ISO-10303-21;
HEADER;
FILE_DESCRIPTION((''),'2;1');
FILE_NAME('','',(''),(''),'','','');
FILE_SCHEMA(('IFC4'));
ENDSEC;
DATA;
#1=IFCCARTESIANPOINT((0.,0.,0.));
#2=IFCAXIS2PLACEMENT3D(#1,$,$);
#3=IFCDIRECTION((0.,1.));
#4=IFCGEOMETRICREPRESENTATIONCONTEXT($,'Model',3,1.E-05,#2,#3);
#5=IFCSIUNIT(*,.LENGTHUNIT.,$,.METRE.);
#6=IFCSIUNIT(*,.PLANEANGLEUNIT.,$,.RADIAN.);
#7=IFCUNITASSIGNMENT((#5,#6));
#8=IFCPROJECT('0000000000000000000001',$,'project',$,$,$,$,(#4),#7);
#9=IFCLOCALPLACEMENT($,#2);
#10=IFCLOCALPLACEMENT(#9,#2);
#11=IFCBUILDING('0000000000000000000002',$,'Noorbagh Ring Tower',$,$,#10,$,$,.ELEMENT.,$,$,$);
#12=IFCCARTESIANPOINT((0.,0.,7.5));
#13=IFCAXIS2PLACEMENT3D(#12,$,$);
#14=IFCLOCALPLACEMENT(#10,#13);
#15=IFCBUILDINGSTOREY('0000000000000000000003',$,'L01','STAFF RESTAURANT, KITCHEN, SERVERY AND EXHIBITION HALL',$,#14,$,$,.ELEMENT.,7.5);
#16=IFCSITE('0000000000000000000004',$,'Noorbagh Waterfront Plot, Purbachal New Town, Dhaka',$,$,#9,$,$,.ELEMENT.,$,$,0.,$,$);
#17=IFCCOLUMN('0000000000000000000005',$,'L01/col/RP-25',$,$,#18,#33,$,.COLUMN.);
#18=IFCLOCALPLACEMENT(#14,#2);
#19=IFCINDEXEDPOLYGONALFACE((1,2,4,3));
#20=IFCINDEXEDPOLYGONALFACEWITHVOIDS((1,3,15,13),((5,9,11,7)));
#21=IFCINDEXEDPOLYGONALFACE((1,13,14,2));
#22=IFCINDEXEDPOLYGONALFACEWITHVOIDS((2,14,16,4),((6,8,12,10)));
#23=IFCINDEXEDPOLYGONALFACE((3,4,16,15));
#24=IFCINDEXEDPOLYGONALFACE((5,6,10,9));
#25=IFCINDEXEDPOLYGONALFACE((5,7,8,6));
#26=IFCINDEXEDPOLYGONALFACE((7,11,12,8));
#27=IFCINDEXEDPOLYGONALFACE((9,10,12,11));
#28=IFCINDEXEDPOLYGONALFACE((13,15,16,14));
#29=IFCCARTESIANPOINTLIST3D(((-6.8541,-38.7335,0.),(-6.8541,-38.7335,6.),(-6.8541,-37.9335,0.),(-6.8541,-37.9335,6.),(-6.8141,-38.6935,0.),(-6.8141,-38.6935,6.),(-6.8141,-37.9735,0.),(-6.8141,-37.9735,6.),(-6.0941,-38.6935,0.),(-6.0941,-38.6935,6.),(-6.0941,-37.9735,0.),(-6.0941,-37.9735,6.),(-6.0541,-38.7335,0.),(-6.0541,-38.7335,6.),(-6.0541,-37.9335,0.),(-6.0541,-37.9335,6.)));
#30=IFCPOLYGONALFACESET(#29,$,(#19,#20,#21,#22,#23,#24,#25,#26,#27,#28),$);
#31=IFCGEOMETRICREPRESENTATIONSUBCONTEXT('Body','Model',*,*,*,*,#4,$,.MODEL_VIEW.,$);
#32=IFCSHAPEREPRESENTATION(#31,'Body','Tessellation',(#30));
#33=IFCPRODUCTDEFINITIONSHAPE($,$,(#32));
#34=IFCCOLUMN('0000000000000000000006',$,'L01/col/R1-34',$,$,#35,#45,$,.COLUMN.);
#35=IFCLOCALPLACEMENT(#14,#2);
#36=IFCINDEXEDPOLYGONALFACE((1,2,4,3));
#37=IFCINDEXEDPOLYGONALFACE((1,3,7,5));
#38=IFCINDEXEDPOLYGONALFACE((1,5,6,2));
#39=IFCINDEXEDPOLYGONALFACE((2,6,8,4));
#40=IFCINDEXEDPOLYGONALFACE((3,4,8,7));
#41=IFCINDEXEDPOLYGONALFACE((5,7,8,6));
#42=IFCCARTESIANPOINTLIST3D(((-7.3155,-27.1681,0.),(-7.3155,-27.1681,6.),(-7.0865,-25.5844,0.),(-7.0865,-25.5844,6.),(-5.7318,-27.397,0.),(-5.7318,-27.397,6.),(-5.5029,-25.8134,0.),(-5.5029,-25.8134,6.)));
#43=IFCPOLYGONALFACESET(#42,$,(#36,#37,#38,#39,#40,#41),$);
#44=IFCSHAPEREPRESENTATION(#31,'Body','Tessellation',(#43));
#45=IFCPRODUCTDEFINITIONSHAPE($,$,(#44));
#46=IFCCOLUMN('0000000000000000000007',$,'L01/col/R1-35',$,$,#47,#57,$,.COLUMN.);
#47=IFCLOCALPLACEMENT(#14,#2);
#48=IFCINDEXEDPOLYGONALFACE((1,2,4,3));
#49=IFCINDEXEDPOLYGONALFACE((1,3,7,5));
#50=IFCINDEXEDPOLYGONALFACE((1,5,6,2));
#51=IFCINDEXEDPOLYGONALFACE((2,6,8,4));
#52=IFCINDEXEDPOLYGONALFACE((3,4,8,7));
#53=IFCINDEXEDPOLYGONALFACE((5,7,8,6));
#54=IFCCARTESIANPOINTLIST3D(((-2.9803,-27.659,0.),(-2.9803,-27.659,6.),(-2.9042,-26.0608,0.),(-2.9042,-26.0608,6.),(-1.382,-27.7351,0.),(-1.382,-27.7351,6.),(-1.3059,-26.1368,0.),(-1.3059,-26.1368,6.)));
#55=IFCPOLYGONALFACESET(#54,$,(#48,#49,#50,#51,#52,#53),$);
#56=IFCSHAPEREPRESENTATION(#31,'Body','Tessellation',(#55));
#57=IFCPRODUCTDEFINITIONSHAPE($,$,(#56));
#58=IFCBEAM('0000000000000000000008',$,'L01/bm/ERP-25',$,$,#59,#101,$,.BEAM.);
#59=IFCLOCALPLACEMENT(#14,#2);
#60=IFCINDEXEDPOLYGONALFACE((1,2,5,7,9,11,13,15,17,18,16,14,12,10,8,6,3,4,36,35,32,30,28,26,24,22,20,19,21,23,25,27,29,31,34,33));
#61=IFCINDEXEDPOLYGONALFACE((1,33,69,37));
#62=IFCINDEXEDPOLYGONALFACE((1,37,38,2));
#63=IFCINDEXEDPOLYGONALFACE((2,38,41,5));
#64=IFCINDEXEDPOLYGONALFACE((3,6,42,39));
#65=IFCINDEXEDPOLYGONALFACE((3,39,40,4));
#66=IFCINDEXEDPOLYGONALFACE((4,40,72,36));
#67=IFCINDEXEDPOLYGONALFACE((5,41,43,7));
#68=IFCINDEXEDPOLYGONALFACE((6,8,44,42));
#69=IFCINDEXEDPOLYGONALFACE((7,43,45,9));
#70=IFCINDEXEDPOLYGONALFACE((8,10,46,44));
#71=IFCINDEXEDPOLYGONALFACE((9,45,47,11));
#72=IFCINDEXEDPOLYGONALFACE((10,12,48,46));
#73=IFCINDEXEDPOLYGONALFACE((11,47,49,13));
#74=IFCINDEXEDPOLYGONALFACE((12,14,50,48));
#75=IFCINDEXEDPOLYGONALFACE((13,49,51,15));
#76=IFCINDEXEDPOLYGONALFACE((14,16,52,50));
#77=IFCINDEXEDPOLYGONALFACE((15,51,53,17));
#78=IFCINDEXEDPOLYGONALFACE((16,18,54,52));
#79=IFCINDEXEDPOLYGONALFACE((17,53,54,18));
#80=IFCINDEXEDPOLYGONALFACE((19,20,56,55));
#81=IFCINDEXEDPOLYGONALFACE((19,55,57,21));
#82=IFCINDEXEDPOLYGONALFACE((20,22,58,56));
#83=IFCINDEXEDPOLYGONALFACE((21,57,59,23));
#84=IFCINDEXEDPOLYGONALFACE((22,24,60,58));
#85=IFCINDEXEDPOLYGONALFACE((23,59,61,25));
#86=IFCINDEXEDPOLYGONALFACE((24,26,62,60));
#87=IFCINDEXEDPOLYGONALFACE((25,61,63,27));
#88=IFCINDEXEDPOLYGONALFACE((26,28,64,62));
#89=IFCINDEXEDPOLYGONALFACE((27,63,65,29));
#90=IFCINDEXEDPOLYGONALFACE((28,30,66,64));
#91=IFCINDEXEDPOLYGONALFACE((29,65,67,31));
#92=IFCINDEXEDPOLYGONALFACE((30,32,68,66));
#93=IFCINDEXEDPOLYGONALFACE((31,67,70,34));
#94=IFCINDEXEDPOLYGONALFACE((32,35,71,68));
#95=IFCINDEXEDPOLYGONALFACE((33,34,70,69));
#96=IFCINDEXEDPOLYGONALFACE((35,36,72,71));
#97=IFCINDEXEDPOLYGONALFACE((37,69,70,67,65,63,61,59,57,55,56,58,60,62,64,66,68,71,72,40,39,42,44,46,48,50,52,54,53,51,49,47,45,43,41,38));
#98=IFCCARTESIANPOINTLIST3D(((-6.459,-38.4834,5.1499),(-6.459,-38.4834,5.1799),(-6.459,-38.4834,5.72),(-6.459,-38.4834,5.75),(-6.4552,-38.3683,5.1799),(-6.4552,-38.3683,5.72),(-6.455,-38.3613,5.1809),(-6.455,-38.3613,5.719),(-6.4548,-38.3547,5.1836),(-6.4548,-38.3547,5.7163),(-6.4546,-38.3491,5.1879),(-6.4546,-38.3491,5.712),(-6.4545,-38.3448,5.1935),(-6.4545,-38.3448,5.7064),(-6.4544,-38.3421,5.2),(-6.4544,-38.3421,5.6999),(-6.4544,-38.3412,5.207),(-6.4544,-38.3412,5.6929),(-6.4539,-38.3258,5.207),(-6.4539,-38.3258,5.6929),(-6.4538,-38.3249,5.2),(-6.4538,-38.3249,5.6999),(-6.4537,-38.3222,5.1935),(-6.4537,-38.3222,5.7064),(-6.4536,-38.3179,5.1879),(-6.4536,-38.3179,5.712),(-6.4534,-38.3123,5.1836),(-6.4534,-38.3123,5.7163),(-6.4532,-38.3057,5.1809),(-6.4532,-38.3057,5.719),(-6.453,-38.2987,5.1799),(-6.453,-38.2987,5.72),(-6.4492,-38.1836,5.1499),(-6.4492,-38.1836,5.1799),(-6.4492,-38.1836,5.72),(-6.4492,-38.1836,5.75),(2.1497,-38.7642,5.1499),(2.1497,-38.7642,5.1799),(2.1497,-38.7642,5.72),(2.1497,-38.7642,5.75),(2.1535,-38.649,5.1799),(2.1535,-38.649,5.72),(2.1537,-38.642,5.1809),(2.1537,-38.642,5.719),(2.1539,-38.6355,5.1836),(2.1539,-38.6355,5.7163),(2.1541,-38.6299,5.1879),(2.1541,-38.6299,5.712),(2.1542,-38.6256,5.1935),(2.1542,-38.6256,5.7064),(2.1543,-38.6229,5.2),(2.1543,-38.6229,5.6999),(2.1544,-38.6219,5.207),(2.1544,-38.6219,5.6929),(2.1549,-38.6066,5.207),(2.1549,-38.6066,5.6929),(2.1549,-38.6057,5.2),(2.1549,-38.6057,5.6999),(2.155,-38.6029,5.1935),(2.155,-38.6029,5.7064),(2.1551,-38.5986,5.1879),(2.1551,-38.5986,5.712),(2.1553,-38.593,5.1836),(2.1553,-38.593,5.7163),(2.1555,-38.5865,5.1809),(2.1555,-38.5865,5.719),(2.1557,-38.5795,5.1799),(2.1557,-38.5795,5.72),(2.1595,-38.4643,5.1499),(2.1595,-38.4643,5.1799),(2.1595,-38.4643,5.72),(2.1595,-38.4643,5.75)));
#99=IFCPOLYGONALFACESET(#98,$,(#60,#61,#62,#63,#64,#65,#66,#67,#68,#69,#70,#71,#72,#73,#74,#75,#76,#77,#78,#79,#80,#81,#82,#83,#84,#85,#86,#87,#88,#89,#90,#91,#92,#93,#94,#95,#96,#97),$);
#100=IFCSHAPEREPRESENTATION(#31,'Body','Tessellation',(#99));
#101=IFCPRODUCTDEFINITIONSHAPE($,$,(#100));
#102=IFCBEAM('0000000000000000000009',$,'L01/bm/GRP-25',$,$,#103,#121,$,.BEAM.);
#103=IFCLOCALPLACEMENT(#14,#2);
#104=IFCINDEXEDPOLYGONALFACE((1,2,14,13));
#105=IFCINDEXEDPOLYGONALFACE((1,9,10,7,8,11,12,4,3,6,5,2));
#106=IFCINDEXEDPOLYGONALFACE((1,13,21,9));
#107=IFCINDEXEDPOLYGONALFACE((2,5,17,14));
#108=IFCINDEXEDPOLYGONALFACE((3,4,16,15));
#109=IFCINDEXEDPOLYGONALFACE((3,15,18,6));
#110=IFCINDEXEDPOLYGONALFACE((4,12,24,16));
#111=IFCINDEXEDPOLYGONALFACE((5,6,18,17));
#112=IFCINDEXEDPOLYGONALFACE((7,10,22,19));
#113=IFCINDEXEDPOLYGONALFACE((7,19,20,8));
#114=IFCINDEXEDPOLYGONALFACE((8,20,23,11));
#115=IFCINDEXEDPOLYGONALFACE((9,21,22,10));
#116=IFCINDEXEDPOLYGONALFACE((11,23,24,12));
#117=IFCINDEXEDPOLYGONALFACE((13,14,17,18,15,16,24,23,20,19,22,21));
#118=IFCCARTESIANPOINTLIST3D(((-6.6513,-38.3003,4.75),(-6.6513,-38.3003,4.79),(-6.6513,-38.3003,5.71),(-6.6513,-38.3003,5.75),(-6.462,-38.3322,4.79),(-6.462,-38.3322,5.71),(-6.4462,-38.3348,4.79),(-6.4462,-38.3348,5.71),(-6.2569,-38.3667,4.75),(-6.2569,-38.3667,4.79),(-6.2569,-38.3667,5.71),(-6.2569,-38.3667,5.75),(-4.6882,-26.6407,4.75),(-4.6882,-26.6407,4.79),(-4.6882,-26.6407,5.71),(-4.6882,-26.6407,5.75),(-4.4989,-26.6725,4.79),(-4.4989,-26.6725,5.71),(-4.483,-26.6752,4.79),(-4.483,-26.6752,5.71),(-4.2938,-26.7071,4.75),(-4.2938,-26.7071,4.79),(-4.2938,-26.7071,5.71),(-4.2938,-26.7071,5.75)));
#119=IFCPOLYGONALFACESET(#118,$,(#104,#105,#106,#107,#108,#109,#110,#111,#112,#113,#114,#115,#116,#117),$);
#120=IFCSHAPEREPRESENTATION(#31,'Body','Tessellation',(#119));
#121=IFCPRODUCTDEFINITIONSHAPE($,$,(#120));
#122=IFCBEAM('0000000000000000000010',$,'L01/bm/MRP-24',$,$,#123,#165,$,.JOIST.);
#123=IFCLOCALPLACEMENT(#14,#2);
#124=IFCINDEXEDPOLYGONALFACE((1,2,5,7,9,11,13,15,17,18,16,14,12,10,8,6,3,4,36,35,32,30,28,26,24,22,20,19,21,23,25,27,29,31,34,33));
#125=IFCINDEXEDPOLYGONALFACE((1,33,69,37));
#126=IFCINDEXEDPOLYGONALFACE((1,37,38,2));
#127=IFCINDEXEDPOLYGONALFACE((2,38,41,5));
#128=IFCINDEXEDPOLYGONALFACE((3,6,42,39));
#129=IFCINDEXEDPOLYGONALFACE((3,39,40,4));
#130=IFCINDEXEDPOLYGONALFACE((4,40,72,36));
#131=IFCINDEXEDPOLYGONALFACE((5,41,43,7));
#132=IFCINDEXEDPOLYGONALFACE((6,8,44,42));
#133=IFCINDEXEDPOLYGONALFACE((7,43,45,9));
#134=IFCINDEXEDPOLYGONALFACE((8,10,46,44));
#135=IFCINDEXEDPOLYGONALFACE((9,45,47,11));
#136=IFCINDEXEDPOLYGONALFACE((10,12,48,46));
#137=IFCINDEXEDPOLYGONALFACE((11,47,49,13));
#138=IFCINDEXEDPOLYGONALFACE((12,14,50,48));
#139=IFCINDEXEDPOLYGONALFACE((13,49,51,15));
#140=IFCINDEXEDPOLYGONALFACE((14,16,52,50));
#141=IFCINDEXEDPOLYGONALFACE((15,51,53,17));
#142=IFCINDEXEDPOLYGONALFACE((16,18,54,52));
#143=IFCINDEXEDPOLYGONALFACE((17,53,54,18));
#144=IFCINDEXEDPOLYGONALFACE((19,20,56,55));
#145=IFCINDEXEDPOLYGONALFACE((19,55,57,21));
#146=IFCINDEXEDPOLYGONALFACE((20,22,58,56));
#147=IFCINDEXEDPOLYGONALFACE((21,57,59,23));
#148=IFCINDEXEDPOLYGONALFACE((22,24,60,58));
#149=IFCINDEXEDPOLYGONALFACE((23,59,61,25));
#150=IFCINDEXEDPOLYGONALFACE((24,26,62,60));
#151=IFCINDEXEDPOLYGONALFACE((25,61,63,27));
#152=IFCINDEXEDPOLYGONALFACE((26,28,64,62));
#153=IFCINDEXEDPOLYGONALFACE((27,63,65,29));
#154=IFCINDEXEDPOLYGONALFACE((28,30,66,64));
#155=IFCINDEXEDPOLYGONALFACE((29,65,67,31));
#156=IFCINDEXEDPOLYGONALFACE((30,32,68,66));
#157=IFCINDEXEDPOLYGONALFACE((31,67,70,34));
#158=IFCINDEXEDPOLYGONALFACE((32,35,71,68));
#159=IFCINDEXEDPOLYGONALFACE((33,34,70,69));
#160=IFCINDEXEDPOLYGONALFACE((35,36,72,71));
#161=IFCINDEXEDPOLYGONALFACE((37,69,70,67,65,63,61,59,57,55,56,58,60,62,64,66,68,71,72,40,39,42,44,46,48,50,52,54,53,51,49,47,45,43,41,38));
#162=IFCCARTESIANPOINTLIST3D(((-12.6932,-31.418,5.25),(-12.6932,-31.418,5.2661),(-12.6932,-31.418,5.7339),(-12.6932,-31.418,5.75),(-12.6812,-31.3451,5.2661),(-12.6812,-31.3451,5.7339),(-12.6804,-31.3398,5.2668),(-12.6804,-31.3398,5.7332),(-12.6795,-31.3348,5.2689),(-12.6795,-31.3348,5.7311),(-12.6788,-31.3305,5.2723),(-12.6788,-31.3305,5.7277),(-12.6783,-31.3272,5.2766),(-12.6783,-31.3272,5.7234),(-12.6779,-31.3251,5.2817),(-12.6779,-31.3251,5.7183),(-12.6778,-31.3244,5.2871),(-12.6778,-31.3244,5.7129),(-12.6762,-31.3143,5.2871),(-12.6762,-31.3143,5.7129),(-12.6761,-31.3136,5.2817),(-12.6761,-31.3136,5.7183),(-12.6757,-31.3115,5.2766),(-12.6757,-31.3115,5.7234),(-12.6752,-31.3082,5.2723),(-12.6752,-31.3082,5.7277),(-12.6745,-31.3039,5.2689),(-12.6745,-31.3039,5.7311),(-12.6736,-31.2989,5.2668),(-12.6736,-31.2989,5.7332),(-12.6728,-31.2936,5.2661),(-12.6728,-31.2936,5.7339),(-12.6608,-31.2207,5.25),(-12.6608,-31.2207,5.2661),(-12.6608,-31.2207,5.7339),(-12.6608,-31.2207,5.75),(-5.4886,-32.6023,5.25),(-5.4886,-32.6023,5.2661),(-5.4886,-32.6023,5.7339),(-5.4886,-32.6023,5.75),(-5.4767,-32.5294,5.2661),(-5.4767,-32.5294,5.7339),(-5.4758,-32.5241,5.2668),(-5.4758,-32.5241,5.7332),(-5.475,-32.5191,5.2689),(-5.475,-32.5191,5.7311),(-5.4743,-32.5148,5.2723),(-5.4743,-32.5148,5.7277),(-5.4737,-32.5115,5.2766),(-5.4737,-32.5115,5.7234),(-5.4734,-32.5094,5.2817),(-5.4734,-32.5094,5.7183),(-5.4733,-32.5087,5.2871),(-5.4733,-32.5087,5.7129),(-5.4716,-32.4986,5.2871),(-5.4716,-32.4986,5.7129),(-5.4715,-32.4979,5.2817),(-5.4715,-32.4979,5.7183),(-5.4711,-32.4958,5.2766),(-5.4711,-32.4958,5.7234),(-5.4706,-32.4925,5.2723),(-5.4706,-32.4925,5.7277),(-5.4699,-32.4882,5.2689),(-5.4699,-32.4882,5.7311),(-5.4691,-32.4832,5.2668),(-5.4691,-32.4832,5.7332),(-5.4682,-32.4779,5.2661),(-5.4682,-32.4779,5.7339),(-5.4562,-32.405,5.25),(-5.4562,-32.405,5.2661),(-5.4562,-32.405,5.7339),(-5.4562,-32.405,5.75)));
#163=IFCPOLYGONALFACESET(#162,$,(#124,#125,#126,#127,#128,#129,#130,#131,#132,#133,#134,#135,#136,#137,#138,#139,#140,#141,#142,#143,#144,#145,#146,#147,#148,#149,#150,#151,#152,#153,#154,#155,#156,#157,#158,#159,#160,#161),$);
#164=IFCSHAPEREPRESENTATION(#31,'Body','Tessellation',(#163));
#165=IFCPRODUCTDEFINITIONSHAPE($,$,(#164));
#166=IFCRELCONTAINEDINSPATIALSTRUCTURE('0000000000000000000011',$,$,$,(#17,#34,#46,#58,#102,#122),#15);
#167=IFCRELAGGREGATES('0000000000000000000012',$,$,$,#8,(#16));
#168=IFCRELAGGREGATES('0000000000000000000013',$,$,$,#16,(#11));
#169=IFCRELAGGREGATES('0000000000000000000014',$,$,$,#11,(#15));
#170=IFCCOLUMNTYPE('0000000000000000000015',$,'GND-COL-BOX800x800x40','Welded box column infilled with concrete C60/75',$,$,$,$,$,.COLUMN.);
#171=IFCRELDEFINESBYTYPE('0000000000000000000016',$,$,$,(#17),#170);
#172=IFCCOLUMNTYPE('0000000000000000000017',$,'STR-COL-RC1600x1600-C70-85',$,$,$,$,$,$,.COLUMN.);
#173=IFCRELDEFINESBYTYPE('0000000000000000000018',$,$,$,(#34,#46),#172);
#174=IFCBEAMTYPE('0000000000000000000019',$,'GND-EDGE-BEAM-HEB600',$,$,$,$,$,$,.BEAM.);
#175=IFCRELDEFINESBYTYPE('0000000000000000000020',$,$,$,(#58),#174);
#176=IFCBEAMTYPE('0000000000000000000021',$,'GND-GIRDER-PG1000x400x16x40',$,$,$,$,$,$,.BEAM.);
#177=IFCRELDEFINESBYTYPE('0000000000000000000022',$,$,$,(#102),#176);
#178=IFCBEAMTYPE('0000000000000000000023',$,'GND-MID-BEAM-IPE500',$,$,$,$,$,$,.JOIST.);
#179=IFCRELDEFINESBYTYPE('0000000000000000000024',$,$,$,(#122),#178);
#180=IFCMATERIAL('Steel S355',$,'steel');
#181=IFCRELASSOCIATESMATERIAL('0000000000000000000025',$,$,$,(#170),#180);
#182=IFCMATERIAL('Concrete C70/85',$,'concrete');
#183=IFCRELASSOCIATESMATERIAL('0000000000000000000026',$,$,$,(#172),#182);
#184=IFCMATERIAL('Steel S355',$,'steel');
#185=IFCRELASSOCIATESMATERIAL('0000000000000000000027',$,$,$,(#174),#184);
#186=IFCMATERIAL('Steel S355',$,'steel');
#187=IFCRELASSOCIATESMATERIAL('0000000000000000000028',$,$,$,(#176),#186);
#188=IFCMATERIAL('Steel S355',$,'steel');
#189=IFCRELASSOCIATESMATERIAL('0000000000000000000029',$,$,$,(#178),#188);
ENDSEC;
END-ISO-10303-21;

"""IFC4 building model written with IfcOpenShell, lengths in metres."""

from ifc_helpers import new_model, si_unit, direction, frame, origin, origin_2d, place, context, subcontext, project, spatial, rectangle, hollow_rectangle, i_section, extrude, material, material_profile, profile_set, type_object, element, save


model = new_model("IFC4")

# Units and contexts
model_context = context("Model", 3, precision=1e-05, world=origin(), true_north=direction((0.0, 1.0)))
body_context = subcontext(model_context, "Body", "Model", "MODEL_VIEW")
ifc_project = project(units=[si_unit("LENGTHUNIT", "METRE"), si_unit("PLANEANGLEUNIT", "RADIAN")], contexts=[model_context])

# Site, building, storey
site_placement = place(None, origin())
site = spatial("IfcSite", under=ifc_project, at=site_placement, Name="Noorbagh Waterfront Plot, Purbachal New Town, Dhaka", CompositionType="ELEMENT", RefElevation=0.0)
building_placement = place(site_placement, origin())
building = spatial("IfcBuilding", under=site, at=building_placement, Name="Noorbagh Ring Tower", CompositionType="ELEMENT")
storey_placement = place(building_placement, frame((0.0, 0.0, 7.5)))
storey = spatial("IfcBuildingStorey", under=building, at=storey_placement, Name="L01", Description="STAFF RESTAURANT, KITCHEN, SERVERY AND EXHIBITION HALL", CompositionType="ELEMENT", Elevation=7.5)

# Columns
ifc_material_1 = material(Name="Steel S355", Category="steel")
ifc_material_profile_1 = material_profile(ifc_material_1, hollow_rectangle(XDim=0.8, YDim=0.8, WallThickness=0.04, at=origin_2d()), Name="BOX800x800x40")
ifc_profile_set_1 = profile_set([ifc_material_profile_1], Name="Steel S355")
column_type_1 = type_object("IfcColumnType", Name="GND-COL-BOX800x800x40", Description="Welded box column infilled with concrete C60/75", PredefinedType="COLUMN", material=ifc_profile_set_1)
column_placement = place(storey_placement, frame((-6.4541, -38.3335, 0.0), z_axis=(0.0, 0.0, 1.0), x_axis=(1.0, 0.0, 0.0)))
element("IfcColumn", 1, at=column_placement, inside=storey, type_object=column_type_1, Name="L01/col/RP-25", PredefinedType="COLUMN", context=body_context, shape_type="SweptSolid", body=[
    extrude(hollow_rectangle(XDim=0.8, YDim=0.8, WallThickness=0.04, at=origin_2d()), origin(), (0.0, 0.0, 1.0), 6.0),
])
ifc_material_2 = material(Name="Concrete C70/85", Category="concrete")
ifc_material_profile_2 = material_profile(ifc_material_2, rectangle(XDim=1.6001, YDim=1.6001, at=origin_2d()), Name="RC1600x1600")
ifc_profile_set_2 = profile_set([ifc_material_profile_2], Name="Concrete C70/85")
column_type_2 = type_object("IfcColumnType", Name="STR-COL-RC1600x1600-C70-85", PredefinedType="COLUMN", material=ifc_profile_set_2)
for number, where, z_axis, x_axis, name in (
    (2, (-6.4092, -26.4907, 0.0), (0.0, 0.0, 1.0), (0.989713, -0.143066, 0.0), "L01/col/R1-34"),
    (3, (-2.1431, -26.8979, 0.0), (0.0, 0.0, 1.0), (0.998869, -0.047553, 0.0), "L01/col/R1-35"),
):
    element("IfcColumn", number, at=place(storey_placement, frame(where, z_axis=z_axis, x_axis=x_axis)), inside=storey, type_object=column_type_2, Name=name, PredefinedType="COLUMN", context=body_context, shape_type="SweptSolid", body=[
        extrude(rectangle(XDim=1.6001, YDim=1.6001, at=origin_2d()), origin(), (0.0, 0.0, 1.0), 6.0),
    ])

# Beams
ifc_material_3 = material(Name="Steel S355", Category="steel")
ifc_material_profile_3 = material_profile(ifc_material_3, i_section(OverallWidth=0.3, OverallDepth=0.6001, WebThickness=0.0154, FlangeThickness=0.03, FilletRadius=0.0271, at=origin_2d()), Name="HEB600")
ifc_profile_set_3 = profile_set([ifc_material_profile_3], Name="Steel S355")
beam_type_1 = type_object("IfcBeamType", Name="GND-EDGE-BEAM-HEB600", PredefinedType="BEAM", material=ifc_profile_set_3)
beam_1_placement = place(storey_placement, frame((-6.4541, -38.3335, 5.45), z_axis=(0.999469, -0.032597, 0.0), x_axis=(0.032597, 0.999469, 0.0)))
element("IfcBeam", 4, at=beam_1_placement, inside=storey, type_object=beam_type_1, Name="L01/bm/ERP-25", PredefinedType="BEAM", context=body_context, shape_type="SweptSolid", body=[
    extrude(i_section(OverallWidth=0.3, OverallDepth=0.6001, WebThickness=0.0154, FlangeThickness=0.03, FilletRadius=0.0271, at=origin_2d()), origin(), (0.0, 0.0, 1.0), 8.6133),
])
ifc_material_4 = material(Name="Steel S355", Category="steel")
ifc_material_profile_4 = material_profile(ifc_material_4, i_section(OverallWidth=0.3999, OverallDepth=1.0, WebThickness=0.0161, FlangeThickness=0.04, at=origin_2d()), Name="PG1000x400x16x40")
ifc_profile_set_4 = profile_set([ifc_material_profile_4], Name="Steel S355")
beam_type_2 = type_object("IfcBeamType", Name="GND-GIRDER-PG1000x400x16x40", PredefinedType="BEAM", material=ifc_profile_set_4)
beam_2_placement = place(storey_placement, frame((-6.4541, -38.3335, 5.25), z_axis=(0.166033, 0.98612, 0.0), x_axis=(-0.98612, 0.166033, 0.0)))
element("IfcBeam", 5, at=beam_2_placement, inside=storey, type_object=beam_type_2, Name="L01/bm/GRP-25", PredefinedType="BEAM", context=body_context, shape_type="SweptSolid", body=[
    extrude(i_section(OverallWidth=0.3999, OverallDepth=1.0, WebThickness=0.0161, FlangeThickness=0.04, at=origin_2d()), origin(), (0.0, 0.0, 1.0), 11.8237),
])
ifc_material_5 = material(Name="Steel S355", Category="steel")
ifc_material_profile_5 = material_profile(ifc_material_5, i_section(OverallWidth=0.2, OverallDepth=0.5, WebThickness=0.0103, FlangeThickness=0.0161, FilletRadius=0.021, at=origin_2d()), Name="IPE500")
ifc_profile_set_5 = profile_set([ifc_material_profile_5], Name="Steel S355")
beam_type_3 = type_object("IfcBeamType", Name="GND-MID-BEAM-IPE500", PredefinedType="JOIST", material=ifc_profile_set_5)
beam_3_placement = place(storey_placement, frame((-12.677, -31.3193, 5.5), z_axis=(0.986757, -0.162208, 0.0), x_axis=(0.162208, 0.986757, 0.0)))
element("IfcBeam", 6, at=beam_3_placement, inside=storey, type_object=beam_type_3, Name="L01/bm/MRP-24", PredefinedType="JOIST", context=body_context, shape_type="SweptSolid", body=[
    extrude(i_section(OverallWidth=0.2, OverallDepth=0.5, WebThickness=0.0103, FlangeThickness=0.0161, FilletRadius=0.021, at=origin_2d()), origin(), (0.0, 0.0, 1.0), 7.3013),
])

save(model, "model.ifc")
